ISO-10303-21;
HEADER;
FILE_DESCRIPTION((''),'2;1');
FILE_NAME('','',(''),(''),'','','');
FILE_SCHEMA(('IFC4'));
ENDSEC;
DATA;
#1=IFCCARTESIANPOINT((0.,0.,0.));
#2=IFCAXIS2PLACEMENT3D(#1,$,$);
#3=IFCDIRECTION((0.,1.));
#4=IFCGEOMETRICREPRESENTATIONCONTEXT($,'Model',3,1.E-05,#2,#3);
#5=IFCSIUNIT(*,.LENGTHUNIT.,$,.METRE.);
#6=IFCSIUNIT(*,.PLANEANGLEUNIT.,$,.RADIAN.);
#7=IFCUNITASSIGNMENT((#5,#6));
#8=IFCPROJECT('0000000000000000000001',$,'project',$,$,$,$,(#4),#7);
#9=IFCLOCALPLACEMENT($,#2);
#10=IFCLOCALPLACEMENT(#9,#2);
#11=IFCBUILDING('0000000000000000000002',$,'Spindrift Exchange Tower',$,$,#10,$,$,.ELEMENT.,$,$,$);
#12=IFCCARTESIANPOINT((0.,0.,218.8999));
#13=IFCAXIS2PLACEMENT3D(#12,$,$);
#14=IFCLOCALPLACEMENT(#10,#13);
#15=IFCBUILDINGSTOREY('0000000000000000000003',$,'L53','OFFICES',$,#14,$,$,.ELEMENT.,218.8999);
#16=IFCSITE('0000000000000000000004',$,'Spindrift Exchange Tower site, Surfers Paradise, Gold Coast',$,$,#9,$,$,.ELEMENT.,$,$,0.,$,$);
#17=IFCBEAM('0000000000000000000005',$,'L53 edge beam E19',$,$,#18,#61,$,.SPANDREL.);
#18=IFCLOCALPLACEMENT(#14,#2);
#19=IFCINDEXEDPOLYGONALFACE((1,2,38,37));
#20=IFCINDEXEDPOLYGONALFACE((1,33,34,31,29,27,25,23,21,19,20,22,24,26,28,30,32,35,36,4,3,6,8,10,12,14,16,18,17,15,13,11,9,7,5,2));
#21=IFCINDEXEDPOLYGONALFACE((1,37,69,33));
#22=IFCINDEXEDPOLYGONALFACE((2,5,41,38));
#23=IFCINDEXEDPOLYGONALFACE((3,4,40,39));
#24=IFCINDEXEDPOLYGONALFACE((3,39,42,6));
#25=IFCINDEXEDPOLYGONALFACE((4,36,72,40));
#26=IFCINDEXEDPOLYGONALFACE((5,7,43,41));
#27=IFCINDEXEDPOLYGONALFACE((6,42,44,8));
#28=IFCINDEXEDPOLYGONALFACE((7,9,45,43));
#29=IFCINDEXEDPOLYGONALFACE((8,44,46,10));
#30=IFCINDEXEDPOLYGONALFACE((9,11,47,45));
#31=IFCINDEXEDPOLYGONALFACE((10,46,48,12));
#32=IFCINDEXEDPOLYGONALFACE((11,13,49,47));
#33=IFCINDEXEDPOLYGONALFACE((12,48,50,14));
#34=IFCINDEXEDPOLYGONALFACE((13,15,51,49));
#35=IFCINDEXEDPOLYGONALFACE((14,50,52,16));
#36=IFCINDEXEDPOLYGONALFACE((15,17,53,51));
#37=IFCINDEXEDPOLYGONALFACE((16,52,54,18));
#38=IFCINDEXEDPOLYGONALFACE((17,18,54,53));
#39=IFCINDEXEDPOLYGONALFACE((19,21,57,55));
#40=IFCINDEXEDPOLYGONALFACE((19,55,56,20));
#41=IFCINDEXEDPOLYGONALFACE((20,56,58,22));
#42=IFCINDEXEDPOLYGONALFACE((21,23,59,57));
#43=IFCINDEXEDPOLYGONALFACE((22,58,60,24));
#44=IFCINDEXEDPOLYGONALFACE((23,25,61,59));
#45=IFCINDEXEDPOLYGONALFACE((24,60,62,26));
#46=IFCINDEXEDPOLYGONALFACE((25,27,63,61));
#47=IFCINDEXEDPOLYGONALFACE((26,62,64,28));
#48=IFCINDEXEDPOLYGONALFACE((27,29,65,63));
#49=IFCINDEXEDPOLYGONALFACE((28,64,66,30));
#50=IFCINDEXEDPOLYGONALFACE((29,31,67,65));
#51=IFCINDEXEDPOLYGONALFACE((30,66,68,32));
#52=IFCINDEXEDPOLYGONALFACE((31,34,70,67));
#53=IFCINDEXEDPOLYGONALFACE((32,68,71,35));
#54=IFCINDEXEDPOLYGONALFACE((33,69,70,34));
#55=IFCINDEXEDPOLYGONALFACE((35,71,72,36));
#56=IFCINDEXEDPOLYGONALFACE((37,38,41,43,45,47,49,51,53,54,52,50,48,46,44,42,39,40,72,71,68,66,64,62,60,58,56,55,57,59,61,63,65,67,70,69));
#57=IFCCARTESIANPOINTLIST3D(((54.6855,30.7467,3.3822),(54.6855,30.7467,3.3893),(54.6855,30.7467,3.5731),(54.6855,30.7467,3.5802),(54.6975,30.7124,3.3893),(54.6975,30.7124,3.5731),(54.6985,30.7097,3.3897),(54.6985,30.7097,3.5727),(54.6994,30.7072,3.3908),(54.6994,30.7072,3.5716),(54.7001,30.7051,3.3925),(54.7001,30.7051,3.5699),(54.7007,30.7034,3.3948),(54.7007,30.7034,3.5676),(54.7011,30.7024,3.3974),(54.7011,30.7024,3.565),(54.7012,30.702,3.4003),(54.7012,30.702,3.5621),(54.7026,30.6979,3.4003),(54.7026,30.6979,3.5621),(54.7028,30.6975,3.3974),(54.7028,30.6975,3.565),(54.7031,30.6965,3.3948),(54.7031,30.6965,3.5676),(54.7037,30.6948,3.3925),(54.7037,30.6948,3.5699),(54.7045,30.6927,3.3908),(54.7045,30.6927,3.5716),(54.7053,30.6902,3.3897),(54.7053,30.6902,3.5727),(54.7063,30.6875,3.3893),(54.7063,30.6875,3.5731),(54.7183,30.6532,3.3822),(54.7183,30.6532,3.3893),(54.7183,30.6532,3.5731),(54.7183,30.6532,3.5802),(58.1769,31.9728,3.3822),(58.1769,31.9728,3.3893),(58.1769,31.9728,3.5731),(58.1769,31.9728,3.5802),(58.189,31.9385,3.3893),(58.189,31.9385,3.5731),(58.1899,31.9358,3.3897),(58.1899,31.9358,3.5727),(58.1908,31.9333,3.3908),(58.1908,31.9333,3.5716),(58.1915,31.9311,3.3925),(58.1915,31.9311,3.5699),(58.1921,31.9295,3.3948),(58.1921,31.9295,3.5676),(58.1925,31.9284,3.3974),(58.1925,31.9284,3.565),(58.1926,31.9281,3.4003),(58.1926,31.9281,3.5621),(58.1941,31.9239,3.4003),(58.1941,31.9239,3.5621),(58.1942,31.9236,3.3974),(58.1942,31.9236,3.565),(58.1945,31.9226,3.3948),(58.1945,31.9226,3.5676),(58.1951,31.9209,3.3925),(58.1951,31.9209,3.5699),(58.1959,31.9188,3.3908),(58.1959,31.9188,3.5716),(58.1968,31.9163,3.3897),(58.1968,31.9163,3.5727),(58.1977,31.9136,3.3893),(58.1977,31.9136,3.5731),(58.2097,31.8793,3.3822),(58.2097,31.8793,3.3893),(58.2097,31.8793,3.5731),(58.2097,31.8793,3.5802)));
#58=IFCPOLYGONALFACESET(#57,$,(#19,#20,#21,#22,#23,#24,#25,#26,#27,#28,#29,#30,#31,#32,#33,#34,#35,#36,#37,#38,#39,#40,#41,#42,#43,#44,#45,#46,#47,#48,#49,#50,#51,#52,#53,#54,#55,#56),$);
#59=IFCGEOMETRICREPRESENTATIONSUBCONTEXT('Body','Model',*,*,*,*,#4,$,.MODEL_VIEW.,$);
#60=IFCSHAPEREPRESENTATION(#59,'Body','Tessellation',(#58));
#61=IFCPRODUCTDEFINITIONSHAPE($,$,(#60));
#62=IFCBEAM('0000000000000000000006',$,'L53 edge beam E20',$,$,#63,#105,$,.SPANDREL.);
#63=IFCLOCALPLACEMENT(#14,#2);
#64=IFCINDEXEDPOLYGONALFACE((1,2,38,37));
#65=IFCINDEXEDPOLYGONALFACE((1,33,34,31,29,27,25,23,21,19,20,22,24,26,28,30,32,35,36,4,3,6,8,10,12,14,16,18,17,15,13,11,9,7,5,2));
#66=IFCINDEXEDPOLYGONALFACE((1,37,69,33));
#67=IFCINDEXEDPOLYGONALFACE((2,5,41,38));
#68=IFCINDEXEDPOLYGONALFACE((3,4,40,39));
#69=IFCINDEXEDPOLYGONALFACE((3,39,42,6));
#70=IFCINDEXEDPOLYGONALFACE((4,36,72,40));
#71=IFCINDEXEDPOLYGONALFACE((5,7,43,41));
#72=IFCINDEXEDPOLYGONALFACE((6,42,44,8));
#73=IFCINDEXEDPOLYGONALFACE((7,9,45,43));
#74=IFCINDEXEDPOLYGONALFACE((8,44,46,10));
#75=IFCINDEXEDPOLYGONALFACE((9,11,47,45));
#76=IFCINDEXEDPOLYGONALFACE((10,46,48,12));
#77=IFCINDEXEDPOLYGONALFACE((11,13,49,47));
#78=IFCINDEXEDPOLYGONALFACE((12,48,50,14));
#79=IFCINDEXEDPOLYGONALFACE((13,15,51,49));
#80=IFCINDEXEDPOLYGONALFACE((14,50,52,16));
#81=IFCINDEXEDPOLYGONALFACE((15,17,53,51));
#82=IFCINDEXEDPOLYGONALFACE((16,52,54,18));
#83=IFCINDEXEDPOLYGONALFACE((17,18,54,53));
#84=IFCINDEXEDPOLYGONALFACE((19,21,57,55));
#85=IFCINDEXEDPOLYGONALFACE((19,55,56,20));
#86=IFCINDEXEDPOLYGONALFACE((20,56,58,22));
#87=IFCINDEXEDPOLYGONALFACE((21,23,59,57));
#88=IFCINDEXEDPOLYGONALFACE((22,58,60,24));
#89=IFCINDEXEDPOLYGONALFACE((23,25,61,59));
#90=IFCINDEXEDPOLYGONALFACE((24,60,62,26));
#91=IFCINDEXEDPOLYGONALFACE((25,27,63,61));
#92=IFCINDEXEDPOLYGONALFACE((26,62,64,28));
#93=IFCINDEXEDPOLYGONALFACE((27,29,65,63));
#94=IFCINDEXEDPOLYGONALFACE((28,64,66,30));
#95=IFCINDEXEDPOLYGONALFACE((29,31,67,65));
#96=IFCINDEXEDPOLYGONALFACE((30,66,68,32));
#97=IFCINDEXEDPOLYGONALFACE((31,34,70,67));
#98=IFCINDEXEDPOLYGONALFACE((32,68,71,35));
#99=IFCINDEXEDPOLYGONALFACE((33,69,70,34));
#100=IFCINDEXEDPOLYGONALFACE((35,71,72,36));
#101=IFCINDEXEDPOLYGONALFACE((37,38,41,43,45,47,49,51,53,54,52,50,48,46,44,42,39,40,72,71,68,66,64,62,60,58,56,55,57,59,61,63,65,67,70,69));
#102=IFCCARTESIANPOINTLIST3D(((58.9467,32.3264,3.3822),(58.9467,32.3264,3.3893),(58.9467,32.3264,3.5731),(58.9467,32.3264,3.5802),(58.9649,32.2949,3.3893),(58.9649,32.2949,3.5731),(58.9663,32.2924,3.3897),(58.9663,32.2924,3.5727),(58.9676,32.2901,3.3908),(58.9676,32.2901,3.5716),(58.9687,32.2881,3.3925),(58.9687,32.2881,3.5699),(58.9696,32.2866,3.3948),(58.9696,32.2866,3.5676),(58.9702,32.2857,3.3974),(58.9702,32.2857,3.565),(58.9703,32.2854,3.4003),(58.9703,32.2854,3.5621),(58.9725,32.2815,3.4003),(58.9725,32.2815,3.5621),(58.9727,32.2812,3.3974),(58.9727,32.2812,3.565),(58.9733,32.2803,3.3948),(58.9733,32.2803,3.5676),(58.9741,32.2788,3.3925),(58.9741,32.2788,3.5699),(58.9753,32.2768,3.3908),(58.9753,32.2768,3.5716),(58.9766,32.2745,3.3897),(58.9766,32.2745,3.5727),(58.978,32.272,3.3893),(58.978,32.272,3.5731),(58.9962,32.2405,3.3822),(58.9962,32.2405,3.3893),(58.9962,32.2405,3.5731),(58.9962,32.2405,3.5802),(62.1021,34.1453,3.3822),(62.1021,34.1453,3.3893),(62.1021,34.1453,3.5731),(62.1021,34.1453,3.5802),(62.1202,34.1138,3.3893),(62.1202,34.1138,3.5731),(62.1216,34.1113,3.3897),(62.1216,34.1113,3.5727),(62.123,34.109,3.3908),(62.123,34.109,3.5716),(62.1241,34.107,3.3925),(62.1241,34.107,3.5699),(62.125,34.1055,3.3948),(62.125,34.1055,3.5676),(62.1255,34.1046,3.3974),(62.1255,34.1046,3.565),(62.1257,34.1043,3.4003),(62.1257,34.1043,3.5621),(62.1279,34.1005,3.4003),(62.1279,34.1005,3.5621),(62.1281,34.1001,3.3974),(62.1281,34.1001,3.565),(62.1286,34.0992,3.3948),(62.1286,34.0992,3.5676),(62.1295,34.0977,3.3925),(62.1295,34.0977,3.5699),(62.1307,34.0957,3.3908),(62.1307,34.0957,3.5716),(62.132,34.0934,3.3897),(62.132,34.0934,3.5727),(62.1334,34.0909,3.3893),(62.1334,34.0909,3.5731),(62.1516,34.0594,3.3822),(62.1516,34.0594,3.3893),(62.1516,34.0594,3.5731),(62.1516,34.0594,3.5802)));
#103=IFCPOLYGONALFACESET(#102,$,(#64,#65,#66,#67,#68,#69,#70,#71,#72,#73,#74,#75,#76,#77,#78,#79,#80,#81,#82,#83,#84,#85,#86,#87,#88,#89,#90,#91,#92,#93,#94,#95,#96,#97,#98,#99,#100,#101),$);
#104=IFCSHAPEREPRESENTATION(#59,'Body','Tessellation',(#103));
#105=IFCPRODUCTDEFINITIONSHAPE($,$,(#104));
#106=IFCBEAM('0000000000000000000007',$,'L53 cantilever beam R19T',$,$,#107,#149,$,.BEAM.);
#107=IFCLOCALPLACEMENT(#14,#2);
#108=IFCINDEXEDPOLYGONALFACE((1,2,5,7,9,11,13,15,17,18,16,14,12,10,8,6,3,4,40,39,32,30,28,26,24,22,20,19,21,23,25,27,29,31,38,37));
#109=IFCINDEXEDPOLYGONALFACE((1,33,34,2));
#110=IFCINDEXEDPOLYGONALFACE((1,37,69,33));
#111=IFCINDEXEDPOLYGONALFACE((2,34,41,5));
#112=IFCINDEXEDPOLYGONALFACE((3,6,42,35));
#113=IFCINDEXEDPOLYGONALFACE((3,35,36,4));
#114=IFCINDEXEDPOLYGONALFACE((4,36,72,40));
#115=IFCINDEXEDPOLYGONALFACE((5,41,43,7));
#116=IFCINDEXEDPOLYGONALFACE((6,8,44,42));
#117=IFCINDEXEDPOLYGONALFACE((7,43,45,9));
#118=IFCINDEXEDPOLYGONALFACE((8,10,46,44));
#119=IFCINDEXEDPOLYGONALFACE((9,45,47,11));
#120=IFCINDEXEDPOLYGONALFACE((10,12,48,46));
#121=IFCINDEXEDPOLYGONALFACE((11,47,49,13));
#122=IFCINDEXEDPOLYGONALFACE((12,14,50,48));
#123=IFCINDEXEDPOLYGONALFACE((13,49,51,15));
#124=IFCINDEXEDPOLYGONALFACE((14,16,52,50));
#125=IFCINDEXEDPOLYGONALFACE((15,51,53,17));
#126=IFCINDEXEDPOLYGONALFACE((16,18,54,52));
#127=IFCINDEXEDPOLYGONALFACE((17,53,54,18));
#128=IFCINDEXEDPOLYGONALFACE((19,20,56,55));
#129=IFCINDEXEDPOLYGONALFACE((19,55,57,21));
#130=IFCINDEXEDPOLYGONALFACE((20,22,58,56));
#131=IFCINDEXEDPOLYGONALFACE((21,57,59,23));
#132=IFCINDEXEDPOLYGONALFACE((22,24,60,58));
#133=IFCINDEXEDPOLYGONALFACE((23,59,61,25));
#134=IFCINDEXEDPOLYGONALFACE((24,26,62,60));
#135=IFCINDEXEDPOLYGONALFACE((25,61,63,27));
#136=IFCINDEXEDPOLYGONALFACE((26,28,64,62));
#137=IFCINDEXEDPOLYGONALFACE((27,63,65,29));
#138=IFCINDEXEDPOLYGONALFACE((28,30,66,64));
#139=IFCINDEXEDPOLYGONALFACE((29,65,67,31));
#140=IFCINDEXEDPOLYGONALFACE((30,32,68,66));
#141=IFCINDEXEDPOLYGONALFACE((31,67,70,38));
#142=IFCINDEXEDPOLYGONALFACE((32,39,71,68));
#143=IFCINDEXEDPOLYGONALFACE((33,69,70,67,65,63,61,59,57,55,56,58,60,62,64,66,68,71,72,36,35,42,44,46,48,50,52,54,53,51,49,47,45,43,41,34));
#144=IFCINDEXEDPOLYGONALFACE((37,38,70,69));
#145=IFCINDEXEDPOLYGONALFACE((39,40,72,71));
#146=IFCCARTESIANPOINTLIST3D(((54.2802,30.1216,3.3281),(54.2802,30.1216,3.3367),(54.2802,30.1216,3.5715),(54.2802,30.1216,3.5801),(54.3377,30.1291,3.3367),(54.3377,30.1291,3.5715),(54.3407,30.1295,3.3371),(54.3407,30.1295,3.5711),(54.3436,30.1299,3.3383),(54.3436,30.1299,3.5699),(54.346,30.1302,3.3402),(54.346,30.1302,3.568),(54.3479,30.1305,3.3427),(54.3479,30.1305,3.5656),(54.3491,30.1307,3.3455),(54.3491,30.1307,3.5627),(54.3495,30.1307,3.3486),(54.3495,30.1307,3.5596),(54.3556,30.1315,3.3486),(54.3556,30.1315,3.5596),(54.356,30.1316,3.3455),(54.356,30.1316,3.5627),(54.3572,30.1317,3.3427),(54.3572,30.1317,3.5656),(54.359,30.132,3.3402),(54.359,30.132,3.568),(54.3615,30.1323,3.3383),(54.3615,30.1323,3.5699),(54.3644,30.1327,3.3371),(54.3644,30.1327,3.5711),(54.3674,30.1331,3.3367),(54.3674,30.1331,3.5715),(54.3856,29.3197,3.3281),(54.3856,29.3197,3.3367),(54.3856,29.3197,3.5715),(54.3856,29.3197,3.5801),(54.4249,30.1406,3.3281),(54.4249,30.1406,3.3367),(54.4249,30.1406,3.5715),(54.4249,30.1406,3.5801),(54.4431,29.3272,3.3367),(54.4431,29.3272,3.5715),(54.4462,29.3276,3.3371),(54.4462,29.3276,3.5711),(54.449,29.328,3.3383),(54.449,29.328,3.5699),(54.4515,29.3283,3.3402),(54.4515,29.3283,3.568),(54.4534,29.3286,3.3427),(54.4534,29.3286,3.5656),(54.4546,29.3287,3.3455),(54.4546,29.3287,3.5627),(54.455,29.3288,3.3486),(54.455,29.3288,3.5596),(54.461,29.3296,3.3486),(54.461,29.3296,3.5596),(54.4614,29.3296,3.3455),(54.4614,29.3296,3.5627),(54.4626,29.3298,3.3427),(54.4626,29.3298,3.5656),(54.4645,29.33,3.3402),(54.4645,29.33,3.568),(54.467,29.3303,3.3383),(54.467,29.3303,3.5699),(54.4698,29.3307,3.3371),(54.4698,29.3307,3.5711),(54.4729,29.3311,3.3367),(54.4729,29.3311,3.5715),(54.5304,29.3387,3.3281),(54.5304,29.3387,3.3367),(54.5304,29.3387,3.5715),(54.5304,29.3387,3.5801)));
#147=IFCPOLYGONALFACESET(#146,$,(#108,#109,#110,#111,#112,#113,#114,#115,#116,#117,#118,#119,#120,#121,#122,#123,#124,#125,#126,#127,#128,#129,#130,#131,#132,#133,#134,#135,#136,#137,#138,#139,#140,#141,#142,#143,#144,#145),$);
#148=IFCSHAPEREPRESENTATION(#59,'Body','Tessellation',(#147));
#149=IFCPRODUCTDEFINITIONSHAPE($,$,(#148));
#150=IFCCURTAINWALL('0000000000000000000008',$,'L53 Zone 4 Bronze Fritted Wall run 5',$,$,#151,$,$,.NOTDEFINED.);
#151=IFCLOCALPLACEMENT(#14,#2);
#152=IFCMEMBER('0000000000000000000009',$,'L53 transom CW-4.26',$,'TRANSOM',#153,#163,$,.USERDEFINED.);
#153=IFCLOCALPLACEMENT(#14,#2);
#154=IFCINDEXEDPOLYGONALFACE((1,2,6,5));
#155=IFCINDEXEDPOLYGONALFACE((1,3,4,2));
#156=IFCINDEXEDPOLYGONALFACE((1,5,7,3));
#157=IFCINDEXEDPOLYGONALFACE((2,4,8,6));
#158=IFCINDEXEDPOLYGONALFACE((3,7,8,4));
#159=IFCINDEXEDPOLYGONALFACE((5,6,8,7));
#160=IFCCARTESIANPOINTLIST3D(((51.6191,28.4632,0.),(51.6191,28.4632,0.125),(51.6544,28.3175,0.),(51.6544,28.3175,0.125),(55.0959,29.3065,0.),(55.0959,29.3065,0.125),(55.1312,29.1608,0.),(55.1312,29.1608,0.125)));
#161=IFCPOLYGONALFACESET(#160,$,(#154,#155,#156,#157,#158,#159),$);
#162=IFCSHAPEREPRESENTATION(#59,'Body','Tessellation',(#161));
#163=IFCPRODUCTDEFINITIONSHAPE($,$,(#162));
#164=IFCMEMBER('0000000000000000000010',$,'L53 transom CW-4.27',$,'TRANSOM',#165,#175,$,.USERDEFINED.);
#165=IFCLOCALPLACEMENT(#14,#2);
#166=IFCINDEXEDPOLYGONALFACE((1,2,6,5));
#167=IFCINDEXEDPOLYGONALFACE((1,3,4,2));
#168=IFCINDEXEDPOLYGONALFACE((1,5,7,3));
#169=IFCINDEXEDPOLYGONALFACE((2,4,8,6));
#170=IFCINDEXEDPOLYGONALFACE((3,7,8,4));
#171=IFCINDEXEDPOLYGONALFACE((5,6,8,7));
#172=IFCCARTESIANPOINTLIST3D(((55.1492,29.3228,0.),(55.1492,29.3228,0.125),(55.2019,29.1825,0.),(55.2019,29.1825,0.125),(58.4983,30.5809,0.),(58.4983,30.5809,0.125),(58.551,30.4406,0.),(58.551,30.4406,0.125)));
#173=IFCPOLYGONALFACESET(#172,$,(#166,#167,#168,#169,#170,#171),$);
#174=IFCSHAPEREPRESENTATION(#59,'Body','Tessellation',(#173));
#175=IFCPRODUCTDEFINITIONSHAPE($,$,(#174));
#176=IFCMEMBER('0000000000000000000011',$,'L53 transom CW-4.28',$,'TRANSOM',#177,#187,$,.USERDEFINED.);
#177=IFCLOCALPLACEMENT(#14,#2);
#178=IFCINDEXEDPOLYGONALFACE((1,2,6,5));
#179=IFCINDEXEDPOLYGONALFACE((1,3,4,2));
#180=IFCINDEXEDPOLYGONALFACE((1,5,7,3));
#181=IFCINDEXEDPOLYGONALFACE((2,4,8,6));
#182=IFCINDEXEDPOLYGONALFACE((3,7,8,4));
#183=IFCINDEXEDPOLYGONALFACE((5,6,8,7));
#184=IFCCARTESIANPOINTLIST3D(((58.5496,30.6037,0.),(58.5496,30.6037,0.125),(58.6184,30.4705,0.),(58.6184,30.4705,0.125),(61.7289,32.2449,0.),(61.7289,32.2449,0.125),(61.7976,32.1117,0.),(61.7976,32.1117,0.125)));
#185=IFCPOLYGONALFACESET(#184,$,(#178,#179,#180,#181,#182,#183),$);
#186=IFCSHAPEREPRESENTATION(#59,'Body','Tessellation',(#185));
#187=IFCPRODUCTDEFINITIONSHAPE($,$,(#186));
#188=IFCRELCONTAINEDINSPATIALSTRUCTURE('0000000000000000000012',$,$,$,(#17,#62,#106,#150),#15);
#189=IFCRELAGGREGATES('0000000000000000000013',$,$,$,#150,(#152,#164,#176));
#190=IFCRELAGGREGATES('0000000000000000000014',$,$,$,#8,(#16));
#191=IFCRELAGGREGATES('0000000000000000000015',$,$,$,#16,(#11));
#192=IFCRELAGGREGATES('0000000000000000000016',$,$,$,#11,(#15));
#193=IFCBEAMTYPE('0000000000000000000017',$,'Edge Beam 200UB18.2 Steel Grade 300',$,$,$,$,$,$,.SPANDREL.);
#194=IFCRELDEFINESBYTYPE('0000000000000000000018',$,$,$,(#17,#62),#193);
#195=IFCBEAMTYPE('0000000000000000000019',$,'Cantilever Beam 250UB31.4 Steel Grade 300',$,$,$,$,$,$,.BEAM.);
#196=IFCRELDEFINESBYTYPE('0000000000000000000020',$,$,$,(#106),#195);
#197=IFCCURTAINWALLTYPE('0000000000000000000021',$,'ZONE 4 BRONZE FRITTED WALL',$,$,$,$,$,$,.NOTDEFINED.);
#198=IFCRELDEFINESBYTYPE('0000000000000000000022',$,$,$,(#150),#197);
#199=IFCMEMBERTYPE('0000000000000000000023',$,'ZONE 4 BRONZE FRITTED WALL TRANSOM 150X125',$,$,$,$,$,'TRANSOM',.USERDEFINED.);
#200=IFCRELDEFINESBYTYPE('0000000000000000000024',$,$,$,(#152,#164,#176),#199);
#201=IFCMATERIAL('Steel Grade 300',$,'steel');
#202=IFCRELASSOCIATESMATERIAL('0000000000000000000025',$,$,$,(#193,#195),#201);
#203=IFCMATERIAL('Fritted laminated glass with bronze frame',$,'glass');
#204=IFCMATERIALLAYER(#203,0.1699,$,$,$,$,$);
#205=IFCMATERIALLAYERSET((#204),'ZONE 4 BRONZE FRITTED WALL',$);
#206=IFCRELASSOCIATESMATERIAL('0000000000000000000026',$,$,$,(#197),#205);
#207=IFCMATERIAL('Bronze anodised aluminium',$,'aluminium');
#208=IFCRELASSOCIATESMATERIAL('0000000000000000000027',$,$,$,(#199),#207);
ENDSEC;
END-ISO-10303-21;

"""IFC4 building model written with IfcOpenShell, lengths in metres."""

from ifc_helpers import new_model, si_unit, direction, frame, origin, origin_2d, place, context, subcontext, project, spatial, rectangle, i_section, extrude, source, transform, mapped, material, layer, layer_set, material_profile, profile_set, type_object, element, aggregate, save


model = new_model("IFC4")

# Units and contexts
model_context = context("Model", 3, precision=1e-05, world=origin(), true_north=direction((0.0, 1.0)))
body_context = subcontext(model_context, "Body", "Model", "MODEL_VIEW")
ifc_project = project(units=[si_unit("LENGTHUNIT", "METRE"), si_unit("PLANEANGLEUNIT", "RADIAN")], contexts=[model_context])

# Site, building, storey
site_placement = place(None, origin())
site = spatial("IfcSite", under=ifc_project, at=site_placement, Name="Spindrift Exchange Tower site, Surfers Paradise, Gold Coast", CompositionType="ELEMENT", RefElevation=0.0)
building_placement = place(site_placement, origin())
building = spatial("IfcBuilding", under=site, at=building_placement, Name="Spindrift Exchange Tower", CompositionType="ELEMENT")
storey_placement = place(building_placement, frame((0.0, 0.0, 218.8999)))
storey = spatial("IfcBuildingStorey", under=building, at=storey_placement, Name="L53", Description="OFFICES", CompositionType="ELEMENT", Elevation=218.8999)

# Beams
ifc_material_1 = material(Name="Steel Grade 300", Category="steel")
ifc_material_profile_1 = material_profile(ifc_material_1, i_section(OverallWidth=0.0991, OverallDepth=0.198, WebThickness=0.0044, FlangeThickness=0.0071, FilletRadius=0.011, at=origin_2d()), Name="200UB18.2")
ifc_profile_set_1 = profile_set([ifc_material_profile_1], Name="Steel Grade 300")
beam_type_1 = type_object("IfcBeamType", Name="Edge Beam 200UB18.2 Steel Grade 300", PredefinedType="SPANDREL", material=ifc_profile_set_1)
shared_shape_1 = source(origin(), body_context, "Body", "SweptSolid", [
    extrude(i_section(OverallWidth=0.0991, OverallDepth=0.198, WebThickness=0.0044, FlangeThickness=0.0071, FilletRadius=0.011, at=origin_2d()), origin(), (0.0, 0.0, 1.0), 3.7004),
])
beam_1_placement = place(storey_placement, frame((54.7019, 30.7, 3.4812), z_axis=(0.943515, 0.331329, 0.0), x_axis=(-0.331329, 0.943515, 0.0)))
element("IfcBeam", 1, at=beam_1_placement, inside=storey, type_object=beam_type_1, Name="L53 edge beam E19", PredefinedType="SPANDREL", context=body_context, shape_type="MappedRepresentation", body=[
    mapped(shared_shape_1, transform((0.0, 0.0, 0.0), scale=1.0)),
])
shared_shape_2 = source(origin(), body_context, "Body", "SweptSolid", [
    extrude(i_section(OverallWidth=0.0991, OverallDepth=0.198, WebThickness=0.0044, FlangeThickness=0.0071, FilletRadius=0.011, at=origin_2d()), origin(), (0.0, 0.0, 1.0), 3.6421),
])
beam_2_placement = place(storey_placement, frame((58.9714, 32.2834, 3.4812), z_axis=(0.866364, 0.499413, 0.0), x_axis=(-0.499413, 0.866364, 0.0)))
element("IfcBeam", 2, at=beam_2_placement, inside=storey, type_object=beam_type_1, Name="L53 edge beam E20", PredefinedType="SPANDREL", context=body_context, shape_type="MappedRepresentation", body=[
    mapped(shared_shape_2, transform((0.0, 0.0, 0.0), scale=1.0)),
])
ifc_material_profile_2 = material_profile(ifc_material_1, i_section(OverallWidth=0.146, OverallDepth=0.252, WebThickness=0.0061, FlangeThickness=0.0085, FilletRadius=0.012, at=origin_2d()), Name="250UB31.4")
ifc_profile_set_2 = profile_set([ifc_material_profile_2], Name="Steel Grade 300")
beam_type_2 = type_object("IfcBeamType", Name="Cantilever Beam 250UB31.4 Steel Grade 300", PredefinedType="BEAM", material=ifc_profile_set_2)
shared_shape_3 = source(origin(), body_context, "Body", "SweptSolid", [
    extrude(i_section(OverallWidth=0.146, OverallDepth=0.252, WebThickness=0.0061, FlangeThickness=0.0085, FilletRadius=0.012, at=origin_2d()), origin(), (0.0, 0.0, 1.0), 0.8088),
])
beam_3_placement = place(storey_placement, frame((54.3525, 30.1311, 3.4541), z_axis=(0.130384, -0.991464, 0.0), x_axis=(0.991464, 0.130384, 0.0)))
element("IfcBeam", 3, at=beam_3_placement, inside=storey, type_object=beam_type_2, Name="L53 cantilever beam R19T", PredefinedType="BEAM", context=body_context, shape_type="MappedRepresentation", body=[
    mapped(shared_shape_3, transform((0.0, 0.0, 0.0), scale=1.0)),
])

# Curtain wall, members
ifc_material_2 = material(Name="Fritted laminated glass with bronze frame", Category="glass")
ifc_layer_1 = layer(ifc_material_2, 0.1699)
ifc_layer_set_1 = layer_set([ifc_layer_1], Name="ZONE 4 BRONZE FRITTED WALL")
curtain_wall_type = type_object("IfcCurtainWallType", Name="ZONE 4 BRONZE FRITTED WALL", PredefinedType="NOTDEFINED", material=ifc_layer_set_1)
curtain_wall_placement = place(storey_placement, origin())
curtain_wall = element("IfcCurtainWall", 4, at=curtain_wall_placement, inside=storey, type_object=curtain_wall_type, Name="L53 Zone 4 Bronze Fritted Wall run 5", PredefinedType="NOTDEFINED")
ifc_material_3 = material(Name="Bronze anodised aluminium", Category="aluminium")
ifc_material_profile_3 = material_profile(ifc_material_3, rectangle(XDim=0.1499, YDim=0.125, at=origin_2d()), Name="ZONE 4 BRONZE FRITTED WALL TRANSOM 150X125")
ifc_profile_set_3 = profile_set([ifc_material_profile_3], Name="Bronze anodised aluminium")
member_type_1 = type_object("IfcMemberType", Name="ZONE 4 BRONZE FRITTED WALL TRANSOM 150X125", ElementType="TRANSOM", PredefinedType="USERDEFINED", material=ifc_profile_set_3)
shared_shape_4 = source(origin(), body_context, "Body", "SweptSolid", [
    extrude(rectangle(XDim=0.1499, YDim=0.125, at=origin_2d()), origin(), (0.0, 0.0, 1.0), 3.5776),
])
member_1_placement = place(storey_placement, frame((51.6367, 28.3904, 0.0625), z_axis=(0.971825, 0.235705, 0.0), x_axis=(-0.235705, 0.971825, 0.0)))
member_1 = element("IfcMember", 5, at=member_1_placement, type_object=member_type_1, Name="L53 transom CW-4.26", ObjectType="TRANSOM", PredefinedType="USERDEFINED", context=body_context, shape_type="MappedRepresentation", body=[
    mapped(shared_shape_4, transform((0.0, 0.0, 0.0), scale=1.0)),
])
member_2_placement = place(storey_placement, frame((55.1755, 29.2527, 0.0625), z_axis=(0.936133, 0.351647, 0.0), x_axis=(-0.351647, 0.936133, 0.0)))
member_2 = element("IfcMember", 6, at=member_2_placement, type_object=member_type_1, Name="L53 transom CW-4.27", ObjectType="TRANSOM", PredefinedType="USERDEFINED", context=body_context, shape_type="MappedRepresentation", body=[
    mapped(shared_shape_4, transform((0.0, 0.0, 0.0), scale=1.0)),
])
shared_shape_5 = source(origin(), body_context, "Body", "SweptSolid", [
    extrude(rectangle(XDim=0.1499, YDim=0.125, at=origin_2d()), origin(), (0.0, 0.0, 1.0), 3.5779),
])
member_3_placement = place(storey_placement, frame((58.584, 30.5371, 0.0625), z_axis=(0.888594, 0.458695, 0.0), x_axis=(-0.458695, 0.888594, 0.0)))
member_3 = element("IfcMember", 7, at=member_3_placement, type_object=member_type_1, Name="L53 transom CW-4.28", ObjectType="TRANSOM", PredefinedType="USERDEFINED", context=body_context, shape_type="MappedRepresentation", body=[
    mapped(shared_shape_5, transform((0.0, 0.0, 0.0), scale=1.0)),
])
aggregate(curtain_wall, [member_1, member_2, member_3])

save(model, "model.ifc")
